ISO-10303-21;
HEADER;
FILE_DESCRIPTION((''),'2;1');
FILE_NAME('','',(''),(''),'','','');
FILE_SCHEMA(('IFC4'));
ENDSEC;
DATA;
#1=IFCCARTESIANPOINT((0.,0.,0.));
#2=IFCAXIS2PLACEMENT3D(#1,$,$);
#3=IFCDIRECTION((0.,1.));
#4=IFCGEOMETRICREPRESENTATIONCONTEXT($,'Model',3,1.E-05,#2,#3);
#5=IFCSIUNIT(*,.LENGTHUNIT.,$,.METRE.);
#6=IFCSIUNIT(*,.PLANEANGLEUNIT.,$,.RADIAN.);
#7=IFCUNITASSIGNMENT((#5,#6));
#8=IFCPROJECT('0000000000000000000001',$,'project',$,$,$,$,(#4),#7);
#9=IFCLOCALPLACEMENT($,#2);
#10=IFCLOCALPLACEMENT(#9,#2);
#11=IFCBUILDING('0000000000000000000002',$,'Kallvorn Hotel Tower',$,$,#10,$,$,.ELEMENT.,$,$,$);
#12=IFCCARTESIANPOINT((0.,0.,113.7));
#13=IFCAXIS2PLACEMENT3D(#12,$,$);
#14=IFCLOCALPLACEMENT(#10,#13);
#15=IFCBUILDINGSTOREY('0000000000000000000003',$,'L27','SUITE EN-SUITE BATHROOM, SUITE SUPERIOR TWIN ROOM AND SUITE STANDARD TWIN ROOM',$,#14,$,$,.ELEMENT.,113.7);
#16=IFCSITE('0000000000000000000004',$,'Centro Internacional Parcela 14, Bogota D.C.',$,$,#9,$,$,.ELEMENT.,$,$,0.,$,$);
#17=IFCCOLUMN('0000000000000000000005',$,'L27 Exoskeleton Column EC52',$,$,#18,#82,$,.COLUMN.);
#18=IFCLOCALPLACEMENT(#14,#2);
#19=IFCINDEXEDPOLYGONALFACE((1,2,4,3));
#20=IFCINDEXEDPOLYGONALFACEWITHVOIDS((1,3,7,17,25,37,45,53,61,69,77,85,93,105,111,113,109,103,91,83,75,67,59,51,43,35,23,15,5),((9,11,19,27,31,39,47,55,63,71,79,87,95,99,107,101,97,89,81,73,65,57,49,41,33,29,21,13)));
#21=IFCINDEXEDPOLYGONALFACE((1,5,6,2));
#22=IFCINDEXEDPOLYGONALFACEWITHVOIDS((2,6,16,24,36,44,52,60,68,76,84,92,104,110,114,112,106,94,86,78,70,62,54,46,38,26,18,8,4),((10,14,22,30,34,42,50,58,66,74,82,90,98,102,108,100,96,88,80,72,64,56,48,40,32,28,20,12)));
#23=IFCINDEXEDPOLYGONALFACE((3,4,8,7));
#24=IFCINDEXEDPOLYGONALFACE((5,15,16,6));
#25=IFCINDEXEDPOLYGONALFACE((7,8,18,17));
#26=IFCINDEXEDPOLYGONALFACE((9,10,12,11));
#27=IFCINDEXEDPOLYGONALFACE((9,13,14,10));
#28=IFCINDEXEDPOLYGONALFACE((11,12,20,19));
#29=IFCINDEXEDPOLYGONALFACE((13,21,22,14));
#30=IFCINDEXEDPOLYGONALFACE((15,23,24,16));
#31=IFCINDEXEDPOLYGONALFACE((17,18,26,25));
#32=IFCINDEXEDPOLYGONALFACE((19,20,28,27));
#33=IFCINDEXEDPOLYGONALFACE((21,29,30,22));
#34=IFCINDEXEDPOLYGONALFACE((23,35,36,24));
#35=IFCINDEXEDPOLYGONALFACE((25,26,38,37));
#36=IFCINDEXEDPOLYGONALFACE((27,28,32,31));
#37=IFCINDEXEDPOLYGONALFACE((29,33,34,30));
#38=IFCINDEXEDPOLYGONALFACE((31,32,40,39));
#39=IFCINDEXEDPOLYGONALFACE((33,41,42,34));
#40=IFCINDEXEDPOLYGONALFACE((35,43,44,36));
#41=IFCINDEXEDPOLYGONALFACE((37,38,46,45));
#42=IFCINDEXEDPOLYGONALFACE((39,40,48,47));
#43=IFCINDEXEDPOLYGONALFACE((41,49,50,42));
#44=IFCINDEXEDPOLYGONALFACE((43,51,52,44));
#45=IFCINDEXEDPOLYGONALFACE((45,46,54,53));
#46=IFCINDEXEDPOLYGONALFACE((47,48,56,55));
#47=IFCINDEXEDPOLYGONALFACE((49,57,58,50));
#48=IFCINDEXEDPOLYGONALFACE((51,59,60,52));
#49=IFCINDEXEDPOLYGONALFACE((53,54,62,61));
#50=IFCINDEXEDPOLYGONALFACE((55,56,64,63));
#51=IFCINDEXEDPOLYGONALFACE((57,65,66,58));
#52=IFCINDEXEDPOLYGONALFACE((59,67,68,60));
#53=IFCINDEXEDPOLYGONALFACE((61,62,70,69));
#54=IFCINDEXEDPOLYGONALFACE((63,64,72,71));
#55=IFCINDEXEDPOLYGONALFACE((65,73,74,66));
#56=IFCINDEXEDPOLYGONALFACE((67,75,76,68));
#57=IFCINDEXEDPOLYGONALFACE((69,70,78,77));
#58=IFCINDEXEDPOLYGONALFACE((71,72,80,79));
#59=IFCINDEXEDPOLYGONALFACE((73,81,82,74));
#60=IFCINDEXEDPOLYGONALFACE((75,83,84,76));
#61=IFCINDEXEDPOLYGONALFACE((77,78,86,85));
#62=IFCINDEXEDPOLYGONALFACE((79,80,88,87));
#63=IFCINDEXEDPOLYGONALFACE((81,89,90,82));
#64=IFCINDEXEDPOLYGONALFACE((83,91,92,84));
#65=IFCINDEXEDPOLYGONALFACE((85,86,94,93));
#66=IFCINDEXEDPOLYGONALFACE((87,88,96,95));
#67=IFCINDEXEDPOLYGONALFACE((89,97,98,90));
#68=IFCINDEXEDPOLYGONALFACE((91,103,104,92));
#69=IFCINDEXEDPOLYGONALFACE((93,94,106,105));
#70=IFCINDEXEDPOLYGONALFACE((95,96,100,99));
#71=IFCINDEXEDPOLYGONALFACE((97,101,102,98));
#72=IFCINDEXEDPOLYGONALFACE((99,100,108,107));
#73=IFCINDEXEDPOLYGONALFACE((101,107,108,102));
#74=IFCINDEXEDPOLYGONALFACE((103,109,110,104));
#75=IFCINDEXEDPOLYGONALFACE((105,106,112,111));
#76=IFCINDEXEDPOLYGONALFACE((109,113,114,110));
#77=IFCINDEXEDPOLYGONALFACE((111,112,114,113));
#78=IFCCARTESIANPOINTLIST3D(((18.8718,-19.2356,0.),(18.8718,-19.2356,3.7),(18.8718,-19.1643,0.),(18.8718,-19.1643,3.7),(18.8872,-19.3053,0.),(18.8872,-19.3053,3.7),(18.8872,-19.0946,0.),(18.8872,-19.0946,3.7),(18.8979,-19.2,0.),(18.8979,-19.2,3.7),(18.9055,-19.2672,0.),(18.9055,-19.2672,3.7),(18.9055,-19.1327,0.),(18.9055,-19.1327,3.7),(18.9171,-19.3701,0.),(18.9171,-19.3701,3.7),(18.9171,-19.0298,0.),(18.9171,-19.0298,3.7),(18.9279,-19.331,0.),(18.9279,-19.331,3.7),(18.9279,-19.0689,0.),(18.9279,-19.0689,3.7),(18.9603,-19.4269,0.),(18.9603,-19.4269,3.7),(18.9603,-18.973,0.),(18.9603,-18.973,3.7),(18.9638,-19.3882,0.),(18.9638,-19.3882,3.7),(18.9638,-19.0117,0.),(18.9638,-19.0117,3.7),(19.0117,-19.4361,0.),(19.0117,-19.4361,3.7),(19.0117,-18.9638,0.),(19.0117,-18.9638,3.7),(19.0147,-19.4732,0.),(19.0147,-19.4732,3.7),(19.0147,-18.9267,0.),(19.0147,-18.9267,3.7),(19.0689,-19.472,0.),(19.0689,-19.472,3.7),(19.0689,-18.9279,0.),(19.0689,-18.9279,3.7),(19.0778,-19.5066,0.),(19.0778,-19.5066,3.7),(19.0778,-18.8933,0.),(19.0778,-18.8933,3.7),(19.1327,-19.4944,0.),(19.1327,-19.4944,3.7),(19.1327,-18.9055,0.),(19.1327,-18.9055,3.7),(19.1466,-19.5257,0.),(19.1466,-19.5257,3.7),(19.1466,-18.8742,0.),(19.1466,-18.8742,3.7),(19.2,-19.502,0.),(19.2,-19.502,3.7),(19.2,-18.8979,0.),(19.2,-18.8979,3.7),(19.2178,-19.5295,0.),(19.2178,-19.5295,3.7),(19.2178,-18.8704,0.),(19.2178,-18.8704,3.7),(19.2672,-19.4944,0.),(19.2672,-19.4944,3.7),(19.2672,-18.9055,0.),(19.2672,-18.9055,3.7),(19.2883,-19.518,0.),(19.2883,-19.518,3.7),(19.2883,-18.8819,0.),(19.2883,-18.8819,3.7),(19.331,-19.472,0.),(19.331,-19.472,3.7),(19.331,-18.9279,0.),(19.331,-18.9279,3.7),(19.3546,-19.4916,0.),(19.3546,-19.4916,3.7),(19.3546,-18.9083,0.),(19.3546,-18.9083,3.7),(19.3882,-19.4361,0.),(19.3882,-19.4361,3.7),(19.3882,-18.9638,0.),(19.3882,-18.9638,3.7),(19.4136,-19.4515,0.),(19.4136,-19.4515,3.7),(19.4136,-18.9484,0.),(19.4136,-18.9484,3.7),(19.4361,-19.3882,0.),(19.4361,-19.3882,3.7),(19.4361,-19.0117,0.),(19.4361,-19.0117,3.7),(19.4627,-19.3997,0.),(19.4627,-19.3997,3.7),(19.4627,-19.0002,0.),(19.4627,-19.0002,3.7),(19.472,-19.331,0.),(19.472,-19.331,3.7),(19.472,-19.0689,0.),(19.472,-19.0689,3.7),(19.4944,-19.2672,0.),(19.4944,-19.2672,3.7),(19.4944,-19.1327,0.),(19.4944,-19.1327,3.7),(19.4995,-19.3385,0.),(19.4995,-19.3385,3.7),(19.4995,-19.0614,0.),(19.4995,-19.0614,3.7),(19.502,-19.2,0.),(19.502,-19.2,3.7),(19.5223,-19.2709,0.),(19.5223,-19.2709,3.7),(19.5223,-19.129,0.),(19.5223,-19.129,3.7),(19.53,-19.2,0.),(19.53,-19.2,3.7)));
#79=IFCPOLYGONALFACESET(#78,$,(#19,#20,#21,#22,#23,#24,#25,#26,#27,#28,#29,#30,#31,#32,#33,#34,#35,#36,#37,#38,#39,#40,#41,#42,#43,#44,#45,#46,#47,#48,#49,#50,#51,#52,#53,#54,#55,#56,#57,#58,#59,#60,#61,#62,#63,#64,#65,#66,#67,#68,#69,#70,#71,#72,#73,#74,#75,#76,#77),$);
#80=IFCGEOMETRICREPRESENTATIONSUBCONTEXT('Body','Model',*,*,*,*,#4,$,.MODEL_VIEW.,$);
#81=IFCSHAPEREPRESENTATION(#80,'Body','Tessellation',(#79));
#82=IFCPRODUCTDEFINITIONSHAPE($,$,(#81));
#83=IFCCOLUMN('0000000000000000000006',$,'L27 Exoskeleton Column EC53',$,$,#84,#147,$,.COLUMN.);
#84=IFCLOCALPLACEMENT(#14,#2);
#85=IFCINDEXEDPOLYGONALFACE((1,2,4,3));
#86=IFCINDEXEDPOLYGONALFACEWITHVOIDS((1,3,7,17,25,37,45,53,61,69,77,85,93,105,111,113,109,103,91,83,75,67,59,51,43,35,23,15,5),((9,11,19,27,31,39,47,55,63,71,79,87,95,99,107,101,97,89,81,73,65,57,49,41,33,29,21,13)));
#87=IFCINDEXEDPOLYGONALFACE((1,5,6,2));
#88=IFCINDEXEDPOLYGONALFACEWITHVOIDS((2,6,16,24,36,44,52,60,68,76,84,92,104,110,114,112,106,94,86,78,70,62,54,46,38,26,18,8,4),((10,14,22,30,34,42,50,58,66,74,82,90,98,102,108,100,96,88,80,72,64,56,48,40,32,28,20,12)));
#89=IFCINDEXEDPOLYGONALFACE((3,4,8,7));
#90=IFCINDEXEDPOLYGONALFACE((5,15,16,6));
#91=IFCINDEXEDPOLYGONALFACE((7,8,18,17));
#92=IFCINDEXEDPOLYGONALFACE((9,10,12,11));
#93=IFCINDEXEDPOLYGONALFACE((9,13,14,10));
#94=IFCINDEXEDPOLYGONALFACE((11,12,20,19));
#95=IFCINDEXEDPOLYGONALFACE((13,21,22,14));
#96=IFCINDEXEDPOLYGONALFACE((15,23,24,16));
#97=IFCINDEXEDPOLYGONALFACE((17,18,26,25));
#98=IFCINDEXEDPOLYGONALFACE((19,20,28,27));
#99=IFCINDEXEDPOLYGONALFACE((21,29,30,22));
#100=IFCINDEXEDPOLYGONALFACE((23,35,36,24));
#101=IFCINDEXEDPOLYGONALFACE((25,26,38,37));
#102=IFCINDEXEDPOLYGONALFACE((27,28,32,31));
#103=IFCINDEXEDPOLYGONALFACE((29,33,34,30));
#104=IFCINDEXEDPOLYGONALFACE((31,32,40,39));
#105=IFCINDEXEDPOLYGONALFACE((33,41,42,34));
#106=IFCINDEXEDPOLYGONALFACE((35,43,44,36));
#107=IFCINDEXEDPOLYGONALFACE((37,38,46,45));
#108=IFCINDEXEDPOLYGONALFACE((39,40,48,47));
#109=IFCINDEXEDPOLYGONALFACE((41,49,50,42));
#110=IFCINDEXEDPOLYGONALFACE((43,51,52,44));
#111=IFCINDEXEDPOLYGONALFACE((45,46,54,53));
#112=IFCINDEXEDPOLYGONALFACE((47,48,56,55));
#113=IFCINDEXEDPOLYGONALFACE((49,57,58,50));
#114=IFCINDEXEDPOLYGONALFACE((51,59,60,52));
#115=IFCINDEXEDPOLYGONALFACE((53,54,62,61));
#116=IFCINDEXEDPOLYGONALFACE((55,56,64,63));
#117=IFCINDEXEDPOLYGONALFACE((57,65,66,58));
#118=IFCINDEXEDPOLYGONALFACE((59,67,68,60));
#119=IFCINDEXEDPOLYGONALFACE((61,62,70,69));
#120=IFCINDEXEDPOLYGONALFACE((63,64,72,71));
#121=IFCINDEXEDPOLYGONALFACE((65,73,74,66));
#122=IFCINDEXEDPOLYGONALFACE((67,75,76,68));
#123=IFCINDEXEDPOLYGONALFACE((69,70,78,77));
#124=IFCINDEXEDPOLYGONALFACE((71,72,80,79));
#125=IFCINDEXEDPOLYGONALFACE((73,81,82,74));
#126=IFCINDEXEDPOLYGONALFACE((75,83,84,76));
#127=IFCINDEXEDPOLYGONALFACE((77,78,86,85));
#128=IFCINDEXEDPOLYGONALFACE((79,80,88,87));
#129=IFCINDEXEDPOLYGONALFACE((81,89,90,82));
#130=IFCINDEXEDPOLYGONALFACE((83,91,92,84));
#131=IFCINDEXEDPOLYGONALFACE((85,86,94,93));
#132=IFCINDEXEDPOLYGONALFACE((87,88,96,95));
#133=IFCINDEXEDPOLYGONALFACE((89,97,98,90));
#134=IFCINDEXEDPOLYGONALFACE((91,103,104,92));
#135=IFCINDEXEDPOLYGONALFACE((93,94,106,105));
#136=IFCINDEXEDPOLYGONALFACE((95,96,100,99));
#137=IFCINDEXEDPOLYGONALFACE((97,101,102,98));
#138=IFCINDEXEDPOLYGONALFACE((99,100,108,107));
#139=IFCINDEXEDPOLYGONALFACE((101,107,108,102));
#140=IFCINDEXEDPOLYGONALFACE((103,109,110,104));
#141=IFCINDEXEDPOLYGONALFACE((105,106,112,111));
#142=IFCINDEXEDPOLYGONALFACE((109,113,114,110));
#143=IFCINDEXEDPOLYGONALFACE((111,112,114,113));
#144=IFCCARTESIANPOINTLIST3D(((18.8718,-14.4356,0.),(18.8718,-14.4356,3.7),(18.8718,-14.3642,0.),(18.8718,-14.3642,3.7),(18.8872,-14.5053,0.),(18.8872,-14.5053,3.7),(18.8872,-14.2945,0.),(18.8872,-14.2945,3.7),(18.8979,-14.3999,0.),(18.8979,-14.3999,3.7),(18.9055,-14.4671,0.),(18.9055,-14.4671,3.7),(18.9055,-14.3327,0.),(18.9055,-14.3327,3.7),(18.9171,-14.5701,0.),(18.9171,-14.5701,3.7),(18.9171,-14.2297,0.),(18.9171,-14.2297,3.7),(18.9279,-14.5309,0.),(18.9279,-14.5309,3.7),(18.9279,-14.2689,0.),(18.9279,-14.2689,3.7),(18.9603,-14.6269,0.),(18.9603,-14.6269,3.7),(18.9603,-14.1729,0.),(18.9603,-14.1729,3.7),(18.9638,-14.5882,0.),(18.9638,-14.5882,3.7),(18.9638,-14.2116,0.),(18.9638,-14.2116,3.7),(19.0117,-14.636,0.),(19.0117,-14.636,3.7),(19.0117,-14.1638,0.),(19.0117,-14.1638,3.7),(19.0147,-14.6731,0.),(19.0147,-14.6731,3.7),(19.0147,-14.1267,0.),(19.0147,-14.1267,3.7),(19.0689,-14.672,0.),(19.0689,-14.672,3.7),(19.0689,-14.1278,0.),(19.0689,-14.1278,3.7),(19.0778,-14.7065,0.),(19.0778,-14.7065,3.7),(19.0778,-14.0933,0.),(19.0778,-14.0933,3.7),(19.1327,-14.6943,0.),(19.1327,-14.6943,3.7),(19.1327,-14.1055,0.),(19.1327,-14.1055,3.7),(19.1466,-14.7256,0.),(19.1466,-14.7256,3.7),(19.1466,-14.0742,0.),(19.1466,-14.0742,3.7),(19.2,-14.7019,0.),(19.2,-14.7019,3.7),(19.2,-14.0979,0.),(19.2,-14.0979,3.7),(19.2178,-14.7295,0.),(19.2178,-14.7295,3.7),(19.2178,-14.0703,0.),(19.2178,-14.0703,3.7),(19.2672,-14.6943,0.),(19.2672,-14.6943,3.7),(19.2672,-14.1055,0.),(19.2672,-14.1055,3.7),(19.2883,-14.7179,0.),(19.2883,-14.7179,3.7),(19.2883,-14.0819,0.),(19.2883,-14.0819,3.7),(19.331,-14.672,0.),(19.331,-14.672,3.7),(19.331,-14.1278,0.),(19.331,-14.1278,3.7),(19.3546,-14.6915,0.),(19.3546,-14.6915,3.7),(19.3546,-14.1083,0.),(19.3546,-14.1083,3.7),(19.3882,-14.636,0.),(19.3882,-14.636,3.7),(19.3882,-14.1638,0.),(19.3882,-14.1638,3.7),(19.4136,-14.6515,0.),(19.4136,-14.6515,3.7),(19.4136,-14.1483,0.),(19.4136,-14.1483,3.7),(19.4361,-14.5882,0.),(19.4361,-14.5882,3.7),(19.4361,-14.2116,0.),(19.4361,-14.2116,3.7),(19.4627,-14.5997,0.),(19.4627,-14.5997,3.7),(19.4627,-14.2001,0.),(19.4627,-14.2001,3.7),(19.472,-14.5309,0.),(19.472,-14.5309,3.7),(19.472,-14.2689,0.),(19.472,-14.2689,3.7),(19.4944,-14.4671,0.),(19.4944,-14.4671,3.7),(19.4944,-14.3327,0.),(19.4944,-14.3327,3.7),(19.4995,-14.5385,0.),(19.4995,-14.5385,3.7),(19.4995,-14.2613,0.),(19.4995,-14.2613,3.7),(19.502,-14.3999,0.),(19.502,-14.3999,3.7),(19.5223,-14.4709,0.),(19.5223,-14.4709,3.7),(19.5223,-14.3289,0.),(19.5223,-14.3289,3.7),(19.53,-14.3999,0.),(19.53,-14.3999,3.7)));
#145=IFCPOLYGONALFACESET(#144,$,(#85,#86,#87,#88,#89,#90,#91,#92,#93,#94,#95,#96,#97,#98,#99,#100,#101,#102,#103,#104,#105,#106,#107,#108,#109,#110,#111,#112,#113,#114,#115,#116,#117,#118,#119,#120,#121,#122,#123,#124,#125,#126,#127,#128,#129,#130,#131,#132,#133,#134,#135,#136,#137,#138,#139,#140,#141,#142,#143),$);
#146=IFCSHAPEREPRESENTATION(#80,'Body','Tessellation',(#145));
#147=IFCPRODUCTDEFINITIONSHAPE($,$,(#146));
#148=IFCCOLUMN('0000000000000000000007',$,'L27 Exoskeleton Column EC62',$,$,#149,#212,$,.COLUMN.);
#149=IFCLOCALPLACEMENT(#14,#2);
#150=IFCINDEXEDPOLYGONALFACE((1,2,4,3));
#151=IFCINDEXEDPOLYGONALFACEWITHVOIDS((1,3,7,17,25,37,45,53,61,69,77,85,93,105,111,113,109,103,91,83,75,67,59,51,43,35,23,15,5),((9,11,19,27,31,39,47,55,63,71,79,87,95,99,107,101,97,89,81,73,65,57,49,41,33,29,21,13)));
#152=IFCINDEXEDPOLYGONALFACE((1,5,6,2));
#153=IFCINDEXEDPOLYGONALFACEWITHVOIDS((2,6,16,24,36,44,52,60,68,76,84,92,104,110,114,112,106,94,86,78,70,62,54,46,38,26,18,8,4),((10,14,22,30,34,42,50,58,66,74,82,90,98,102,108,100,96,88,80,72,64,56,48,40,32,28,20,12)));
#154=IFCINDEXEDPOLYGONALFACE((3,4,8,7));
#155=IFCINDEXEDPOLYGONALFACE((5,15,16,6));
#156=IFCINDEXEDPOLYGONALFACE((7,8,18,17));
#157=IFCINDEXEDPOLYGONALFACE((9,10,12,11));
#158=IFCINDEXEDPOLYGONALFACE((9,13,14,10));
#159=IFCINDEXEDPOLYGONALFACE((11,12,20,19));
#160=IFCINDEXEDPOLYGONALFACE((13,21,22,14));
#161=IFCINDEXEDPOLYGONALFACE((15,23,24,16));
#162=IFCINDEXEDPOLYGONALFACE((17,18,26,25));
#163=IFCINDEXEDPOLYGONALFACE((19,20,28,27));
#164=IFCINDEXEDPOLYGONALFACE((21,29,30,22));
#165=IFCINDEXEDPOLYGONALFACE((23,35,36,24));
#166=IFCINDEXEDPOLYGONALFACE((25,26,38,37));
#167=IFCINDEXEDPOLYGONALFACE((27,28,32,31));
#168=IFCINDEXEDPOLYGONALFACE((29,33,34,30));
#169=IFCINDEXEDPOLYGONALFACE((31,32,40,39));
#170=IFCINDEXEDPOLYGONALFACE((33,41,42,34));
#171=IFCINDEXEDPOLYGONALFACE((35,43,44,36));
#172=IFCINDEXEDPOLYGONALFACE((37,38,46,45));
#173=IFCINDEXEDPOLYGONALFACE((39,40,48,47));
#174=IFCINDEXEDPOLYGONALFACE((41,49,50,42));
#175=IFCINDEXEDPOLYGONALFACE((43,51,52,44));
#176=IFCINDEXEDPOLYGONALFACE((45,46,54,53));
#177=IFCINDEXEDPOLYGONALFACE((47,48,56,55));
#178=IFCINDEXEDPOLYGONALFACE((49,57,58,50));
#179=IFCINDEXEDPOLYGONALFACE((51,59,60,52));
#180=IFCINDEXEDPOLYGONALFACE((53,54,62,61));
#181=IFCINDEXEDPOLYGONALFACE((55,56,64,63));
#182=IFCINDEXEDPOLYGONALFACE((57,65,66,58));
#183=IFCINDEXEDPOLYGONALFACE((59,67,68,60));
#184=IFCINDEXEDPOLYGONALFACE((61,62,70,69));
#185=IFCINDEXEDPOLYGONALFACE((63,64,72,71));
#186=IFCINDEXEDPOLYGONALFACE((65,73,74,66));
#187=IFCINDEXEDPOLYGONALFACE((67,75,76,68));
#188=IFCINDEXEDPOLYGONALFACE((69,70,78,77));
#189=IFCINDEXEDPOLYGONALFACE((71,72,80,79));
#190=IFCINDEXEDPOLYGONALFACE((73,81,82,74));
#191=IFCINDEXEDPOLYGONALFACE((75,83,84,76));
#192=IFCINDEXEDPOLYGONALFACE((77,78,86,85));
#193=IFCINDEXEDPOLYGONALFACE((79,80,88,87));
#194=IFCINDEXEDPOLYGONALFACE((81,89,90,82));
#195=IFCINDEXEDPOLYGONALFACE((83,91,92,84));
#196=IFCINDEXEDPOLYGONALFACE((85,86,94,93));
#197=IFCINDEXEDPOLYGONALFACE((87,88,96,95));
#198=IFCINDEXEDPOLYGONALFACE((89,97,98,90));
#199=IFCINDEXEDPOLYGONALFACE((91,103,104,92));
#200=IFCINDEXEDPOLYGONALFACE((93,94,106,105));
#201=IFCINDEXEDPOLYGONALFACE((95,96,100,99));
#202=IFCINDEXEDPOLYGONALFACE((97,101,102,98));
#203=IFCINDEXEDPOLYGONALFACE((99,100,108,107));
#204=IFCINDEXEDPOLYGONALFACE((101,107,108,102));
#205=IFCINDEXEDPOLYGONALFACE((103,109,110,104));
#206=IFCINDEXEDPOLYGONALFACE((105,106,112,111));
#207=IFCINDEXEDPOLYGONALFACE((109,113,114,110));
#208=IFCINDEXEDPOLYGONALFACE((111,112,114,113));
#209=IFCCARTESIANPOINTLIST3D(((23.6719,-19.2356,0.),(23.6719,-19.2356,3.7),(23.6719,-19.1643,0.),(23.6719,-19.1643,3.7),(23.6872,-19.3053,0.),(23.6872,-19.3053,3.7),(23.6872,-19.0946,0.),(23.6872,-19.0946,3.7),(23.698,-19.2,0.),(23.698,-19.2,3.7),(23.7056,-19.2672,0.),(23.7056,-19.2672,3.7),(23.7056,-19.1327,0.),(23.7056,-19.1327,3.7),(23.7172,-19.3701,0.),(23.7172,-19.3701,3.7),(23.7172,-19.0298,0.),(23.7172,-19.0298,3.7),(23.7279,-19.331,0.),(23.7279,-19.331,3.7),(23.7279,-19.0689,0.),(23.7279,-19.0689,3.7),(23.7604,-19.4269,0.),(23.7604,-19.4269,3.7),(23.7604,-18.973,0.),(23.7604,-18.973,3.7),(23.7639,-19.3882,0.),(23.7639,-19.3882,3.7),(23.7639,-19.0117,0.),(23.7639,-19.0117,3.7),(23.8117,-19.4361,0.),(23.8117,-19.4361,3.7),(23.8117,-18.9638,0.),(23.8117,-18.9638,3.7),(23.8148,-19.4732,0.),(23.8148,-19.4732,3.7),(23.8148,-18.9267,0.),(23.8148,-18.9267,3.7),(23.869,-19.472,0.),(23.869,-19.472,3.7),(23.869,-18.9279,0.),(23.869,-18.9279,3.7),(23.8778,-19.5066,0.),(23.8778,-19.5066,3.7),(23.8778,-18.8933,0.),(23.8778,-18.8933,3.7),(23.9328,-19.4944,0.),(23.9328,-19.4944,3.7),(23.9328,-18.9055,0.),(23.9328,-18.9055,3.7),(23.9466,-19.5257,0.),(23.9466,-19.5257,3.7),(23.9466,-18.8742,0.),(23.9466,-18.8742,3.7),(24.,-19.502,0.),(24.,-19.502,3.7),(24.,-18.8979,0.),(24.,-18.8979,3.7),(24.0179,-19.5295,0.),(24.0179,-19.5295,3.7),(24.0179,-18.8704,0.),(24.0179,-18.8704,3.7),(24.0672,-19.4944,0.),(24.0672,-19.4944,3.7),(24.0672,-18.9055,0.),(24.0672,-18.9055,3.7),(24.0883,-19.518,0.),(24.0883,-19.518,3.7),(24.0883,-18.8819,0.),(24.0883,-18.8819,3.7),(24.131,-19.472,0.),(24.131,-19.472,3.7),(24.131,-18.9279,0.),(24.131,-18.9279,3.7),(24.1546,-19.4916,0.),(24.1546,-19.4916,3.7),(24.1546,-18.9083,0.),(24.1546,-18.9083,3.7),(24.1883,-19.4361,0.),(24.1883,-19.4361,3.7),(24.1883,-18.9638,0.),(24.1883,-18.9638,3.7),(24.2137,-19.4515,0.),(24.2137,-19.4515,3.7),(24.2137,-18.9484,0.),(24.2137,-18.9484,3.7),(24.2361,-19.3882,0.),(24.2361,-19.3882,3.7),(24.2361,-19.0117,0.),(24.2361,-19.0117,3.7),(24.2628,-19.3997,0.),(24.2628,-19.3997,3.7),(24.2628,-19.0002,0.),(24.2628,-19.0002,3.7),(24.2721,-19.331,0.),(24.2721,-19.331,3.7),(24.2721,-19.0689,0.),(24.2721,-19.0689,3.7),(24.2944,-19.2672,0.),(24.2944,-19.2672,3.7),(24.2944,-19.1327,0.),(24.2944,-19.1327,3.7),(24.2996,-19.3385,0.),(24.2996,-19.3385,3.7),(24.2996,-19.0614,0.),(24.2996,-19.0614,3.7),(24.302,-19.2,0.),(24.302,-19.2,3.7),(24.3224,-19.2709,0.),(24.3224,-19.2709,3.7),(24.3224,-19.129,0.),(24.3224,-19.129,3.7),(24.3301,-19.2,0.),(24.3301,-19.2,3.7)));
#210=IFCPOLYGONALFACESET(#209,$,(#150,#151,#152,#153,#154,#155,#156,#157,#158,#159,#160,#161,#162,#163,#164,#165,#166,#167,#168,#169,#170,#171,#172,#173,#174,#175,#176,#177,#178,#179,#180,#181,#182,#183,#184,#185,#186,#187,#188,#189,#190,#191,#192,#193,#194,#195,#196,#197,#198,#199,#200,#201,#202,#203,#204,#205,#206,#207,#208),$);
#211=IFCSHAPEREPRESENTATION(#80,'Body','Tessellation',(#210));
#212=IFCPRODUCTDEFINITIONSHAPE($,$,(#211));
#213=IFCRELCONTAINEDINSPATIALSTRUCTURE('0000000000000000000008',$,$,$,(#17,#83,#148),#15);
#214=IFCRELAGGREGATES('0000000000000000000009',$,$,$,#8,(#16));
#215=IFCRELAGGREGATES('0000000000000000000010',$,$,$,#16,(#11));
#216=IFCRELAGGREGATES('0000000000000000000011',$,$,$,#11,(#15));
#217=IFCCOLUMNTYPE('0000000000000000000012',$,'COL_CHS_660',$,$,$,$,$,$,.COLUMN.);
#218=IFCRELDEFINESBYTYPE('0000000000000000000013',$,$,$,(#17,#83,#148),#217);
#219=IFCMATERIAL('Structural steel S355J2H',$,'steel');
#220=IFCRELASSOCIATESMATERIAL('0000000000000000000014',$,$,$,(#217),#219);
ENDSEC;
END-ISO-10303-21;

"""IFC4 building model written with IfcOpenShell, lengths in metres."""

from ifc_helpers import new_model, si_unit, direction, frame, origin, origin_2d, place, context, subcontext, project, spatial, hollow_circle, extrude, material, material_profile, profile_set, type_object, element, save


model = new_model("IFC4")

# Units and contexts
model_context = context("Model", 3, precision=1e-05, world=origin(), true_north=direction((0.0, 1.0)))
body_context = subcontext(model_context, "Body", "Model", "MODEL_VIEW")
ifc_project = project(units=[si_unit("LENGTHUNIT", "METRE"), si_unit("PLANEANGLEUNIT", "RADIAN")], contexts=[model_context])

# Site, building, storey
site_placement = place(None, origin())
site = spatial("IfcSite", under=ifc_project, at=site_placement, Name="Centro Internacional Parcela 14, Bogota D.C.", CompositionType="ELEMENT", RefElevation=0.0)
building_placement = place(site_placement, origin())
building = spatial("IfcBuilding", under=site, at=building_placement, Name="Kallvorn Hotel Tower", CompositionType="ELEMENT")
storey_placement = place(building_placement, frame((0.0, 0.0, 113.7)))
storey = spatial("IfcBuildingStorey", under=building, at=storey_placement, Name="L27", Description="SUITE EN-SUITE BATHROOM, SUITE SUPERIOR TWIN ROOM AND SUITE STANDARD TWIN ROOM", CompositionType="ELEMENT", Elevation=113.7)

# Columns
ifc_material_1 = material(Name="Structural steel S355J2H", Category="steel")
ifc_material_profile_1 = material_profile(ifc_material_1, hollow_circle(Radius=0.3301, WallThickness=0.0281, at=origin_2d()), Name="CHS 660x28")
ifc_profile_set_1 = profile_set([ifc_material_profile_1], Name="Structural steel S355J2H")
column_type_1 = type_object("IfcColumnType", Name="COL_CHS_660", PredefinedType="COLUMN", material=ifc_profile_set_1)
for number, where, z_axis, x_axis, name in (
    (1, (19.2, -19.2, 0.0), (0.0, 0.0, 1.0), (1.0, 0.0, 0.0), "L27 Exoskeleton Column EC52"),
    (2, (19.2, -14.3999, 0.0), (0.0, 0.0, 1.0), (1.0, 0.0, 0.0), "L27 Exoskeleton Column EC53"),
    (3, (24.0, -19.2, 0.0), (0.0, 0.0, 1.0), (1.0, 0.0, 0.0), "L27 Exoskeleton Column EC62"),
):
    element("IfcColumn", number, at=place(storey_placement, frame(where, z_axis=z_axis, x_axis=x_axis)), inside=storey, type_object=column_type_1, Name=name, PredefinedType="COLUMN", context=body_context, shape_type="SweptSolid", body=[
        extrude(hollow_circle(Radius=0.3301, WallThickness=0.0281, at=origin_2d()), origin(), (0.0, 0.0, 1.0), 3.7),
    ])

save(model, "model.ifc")
